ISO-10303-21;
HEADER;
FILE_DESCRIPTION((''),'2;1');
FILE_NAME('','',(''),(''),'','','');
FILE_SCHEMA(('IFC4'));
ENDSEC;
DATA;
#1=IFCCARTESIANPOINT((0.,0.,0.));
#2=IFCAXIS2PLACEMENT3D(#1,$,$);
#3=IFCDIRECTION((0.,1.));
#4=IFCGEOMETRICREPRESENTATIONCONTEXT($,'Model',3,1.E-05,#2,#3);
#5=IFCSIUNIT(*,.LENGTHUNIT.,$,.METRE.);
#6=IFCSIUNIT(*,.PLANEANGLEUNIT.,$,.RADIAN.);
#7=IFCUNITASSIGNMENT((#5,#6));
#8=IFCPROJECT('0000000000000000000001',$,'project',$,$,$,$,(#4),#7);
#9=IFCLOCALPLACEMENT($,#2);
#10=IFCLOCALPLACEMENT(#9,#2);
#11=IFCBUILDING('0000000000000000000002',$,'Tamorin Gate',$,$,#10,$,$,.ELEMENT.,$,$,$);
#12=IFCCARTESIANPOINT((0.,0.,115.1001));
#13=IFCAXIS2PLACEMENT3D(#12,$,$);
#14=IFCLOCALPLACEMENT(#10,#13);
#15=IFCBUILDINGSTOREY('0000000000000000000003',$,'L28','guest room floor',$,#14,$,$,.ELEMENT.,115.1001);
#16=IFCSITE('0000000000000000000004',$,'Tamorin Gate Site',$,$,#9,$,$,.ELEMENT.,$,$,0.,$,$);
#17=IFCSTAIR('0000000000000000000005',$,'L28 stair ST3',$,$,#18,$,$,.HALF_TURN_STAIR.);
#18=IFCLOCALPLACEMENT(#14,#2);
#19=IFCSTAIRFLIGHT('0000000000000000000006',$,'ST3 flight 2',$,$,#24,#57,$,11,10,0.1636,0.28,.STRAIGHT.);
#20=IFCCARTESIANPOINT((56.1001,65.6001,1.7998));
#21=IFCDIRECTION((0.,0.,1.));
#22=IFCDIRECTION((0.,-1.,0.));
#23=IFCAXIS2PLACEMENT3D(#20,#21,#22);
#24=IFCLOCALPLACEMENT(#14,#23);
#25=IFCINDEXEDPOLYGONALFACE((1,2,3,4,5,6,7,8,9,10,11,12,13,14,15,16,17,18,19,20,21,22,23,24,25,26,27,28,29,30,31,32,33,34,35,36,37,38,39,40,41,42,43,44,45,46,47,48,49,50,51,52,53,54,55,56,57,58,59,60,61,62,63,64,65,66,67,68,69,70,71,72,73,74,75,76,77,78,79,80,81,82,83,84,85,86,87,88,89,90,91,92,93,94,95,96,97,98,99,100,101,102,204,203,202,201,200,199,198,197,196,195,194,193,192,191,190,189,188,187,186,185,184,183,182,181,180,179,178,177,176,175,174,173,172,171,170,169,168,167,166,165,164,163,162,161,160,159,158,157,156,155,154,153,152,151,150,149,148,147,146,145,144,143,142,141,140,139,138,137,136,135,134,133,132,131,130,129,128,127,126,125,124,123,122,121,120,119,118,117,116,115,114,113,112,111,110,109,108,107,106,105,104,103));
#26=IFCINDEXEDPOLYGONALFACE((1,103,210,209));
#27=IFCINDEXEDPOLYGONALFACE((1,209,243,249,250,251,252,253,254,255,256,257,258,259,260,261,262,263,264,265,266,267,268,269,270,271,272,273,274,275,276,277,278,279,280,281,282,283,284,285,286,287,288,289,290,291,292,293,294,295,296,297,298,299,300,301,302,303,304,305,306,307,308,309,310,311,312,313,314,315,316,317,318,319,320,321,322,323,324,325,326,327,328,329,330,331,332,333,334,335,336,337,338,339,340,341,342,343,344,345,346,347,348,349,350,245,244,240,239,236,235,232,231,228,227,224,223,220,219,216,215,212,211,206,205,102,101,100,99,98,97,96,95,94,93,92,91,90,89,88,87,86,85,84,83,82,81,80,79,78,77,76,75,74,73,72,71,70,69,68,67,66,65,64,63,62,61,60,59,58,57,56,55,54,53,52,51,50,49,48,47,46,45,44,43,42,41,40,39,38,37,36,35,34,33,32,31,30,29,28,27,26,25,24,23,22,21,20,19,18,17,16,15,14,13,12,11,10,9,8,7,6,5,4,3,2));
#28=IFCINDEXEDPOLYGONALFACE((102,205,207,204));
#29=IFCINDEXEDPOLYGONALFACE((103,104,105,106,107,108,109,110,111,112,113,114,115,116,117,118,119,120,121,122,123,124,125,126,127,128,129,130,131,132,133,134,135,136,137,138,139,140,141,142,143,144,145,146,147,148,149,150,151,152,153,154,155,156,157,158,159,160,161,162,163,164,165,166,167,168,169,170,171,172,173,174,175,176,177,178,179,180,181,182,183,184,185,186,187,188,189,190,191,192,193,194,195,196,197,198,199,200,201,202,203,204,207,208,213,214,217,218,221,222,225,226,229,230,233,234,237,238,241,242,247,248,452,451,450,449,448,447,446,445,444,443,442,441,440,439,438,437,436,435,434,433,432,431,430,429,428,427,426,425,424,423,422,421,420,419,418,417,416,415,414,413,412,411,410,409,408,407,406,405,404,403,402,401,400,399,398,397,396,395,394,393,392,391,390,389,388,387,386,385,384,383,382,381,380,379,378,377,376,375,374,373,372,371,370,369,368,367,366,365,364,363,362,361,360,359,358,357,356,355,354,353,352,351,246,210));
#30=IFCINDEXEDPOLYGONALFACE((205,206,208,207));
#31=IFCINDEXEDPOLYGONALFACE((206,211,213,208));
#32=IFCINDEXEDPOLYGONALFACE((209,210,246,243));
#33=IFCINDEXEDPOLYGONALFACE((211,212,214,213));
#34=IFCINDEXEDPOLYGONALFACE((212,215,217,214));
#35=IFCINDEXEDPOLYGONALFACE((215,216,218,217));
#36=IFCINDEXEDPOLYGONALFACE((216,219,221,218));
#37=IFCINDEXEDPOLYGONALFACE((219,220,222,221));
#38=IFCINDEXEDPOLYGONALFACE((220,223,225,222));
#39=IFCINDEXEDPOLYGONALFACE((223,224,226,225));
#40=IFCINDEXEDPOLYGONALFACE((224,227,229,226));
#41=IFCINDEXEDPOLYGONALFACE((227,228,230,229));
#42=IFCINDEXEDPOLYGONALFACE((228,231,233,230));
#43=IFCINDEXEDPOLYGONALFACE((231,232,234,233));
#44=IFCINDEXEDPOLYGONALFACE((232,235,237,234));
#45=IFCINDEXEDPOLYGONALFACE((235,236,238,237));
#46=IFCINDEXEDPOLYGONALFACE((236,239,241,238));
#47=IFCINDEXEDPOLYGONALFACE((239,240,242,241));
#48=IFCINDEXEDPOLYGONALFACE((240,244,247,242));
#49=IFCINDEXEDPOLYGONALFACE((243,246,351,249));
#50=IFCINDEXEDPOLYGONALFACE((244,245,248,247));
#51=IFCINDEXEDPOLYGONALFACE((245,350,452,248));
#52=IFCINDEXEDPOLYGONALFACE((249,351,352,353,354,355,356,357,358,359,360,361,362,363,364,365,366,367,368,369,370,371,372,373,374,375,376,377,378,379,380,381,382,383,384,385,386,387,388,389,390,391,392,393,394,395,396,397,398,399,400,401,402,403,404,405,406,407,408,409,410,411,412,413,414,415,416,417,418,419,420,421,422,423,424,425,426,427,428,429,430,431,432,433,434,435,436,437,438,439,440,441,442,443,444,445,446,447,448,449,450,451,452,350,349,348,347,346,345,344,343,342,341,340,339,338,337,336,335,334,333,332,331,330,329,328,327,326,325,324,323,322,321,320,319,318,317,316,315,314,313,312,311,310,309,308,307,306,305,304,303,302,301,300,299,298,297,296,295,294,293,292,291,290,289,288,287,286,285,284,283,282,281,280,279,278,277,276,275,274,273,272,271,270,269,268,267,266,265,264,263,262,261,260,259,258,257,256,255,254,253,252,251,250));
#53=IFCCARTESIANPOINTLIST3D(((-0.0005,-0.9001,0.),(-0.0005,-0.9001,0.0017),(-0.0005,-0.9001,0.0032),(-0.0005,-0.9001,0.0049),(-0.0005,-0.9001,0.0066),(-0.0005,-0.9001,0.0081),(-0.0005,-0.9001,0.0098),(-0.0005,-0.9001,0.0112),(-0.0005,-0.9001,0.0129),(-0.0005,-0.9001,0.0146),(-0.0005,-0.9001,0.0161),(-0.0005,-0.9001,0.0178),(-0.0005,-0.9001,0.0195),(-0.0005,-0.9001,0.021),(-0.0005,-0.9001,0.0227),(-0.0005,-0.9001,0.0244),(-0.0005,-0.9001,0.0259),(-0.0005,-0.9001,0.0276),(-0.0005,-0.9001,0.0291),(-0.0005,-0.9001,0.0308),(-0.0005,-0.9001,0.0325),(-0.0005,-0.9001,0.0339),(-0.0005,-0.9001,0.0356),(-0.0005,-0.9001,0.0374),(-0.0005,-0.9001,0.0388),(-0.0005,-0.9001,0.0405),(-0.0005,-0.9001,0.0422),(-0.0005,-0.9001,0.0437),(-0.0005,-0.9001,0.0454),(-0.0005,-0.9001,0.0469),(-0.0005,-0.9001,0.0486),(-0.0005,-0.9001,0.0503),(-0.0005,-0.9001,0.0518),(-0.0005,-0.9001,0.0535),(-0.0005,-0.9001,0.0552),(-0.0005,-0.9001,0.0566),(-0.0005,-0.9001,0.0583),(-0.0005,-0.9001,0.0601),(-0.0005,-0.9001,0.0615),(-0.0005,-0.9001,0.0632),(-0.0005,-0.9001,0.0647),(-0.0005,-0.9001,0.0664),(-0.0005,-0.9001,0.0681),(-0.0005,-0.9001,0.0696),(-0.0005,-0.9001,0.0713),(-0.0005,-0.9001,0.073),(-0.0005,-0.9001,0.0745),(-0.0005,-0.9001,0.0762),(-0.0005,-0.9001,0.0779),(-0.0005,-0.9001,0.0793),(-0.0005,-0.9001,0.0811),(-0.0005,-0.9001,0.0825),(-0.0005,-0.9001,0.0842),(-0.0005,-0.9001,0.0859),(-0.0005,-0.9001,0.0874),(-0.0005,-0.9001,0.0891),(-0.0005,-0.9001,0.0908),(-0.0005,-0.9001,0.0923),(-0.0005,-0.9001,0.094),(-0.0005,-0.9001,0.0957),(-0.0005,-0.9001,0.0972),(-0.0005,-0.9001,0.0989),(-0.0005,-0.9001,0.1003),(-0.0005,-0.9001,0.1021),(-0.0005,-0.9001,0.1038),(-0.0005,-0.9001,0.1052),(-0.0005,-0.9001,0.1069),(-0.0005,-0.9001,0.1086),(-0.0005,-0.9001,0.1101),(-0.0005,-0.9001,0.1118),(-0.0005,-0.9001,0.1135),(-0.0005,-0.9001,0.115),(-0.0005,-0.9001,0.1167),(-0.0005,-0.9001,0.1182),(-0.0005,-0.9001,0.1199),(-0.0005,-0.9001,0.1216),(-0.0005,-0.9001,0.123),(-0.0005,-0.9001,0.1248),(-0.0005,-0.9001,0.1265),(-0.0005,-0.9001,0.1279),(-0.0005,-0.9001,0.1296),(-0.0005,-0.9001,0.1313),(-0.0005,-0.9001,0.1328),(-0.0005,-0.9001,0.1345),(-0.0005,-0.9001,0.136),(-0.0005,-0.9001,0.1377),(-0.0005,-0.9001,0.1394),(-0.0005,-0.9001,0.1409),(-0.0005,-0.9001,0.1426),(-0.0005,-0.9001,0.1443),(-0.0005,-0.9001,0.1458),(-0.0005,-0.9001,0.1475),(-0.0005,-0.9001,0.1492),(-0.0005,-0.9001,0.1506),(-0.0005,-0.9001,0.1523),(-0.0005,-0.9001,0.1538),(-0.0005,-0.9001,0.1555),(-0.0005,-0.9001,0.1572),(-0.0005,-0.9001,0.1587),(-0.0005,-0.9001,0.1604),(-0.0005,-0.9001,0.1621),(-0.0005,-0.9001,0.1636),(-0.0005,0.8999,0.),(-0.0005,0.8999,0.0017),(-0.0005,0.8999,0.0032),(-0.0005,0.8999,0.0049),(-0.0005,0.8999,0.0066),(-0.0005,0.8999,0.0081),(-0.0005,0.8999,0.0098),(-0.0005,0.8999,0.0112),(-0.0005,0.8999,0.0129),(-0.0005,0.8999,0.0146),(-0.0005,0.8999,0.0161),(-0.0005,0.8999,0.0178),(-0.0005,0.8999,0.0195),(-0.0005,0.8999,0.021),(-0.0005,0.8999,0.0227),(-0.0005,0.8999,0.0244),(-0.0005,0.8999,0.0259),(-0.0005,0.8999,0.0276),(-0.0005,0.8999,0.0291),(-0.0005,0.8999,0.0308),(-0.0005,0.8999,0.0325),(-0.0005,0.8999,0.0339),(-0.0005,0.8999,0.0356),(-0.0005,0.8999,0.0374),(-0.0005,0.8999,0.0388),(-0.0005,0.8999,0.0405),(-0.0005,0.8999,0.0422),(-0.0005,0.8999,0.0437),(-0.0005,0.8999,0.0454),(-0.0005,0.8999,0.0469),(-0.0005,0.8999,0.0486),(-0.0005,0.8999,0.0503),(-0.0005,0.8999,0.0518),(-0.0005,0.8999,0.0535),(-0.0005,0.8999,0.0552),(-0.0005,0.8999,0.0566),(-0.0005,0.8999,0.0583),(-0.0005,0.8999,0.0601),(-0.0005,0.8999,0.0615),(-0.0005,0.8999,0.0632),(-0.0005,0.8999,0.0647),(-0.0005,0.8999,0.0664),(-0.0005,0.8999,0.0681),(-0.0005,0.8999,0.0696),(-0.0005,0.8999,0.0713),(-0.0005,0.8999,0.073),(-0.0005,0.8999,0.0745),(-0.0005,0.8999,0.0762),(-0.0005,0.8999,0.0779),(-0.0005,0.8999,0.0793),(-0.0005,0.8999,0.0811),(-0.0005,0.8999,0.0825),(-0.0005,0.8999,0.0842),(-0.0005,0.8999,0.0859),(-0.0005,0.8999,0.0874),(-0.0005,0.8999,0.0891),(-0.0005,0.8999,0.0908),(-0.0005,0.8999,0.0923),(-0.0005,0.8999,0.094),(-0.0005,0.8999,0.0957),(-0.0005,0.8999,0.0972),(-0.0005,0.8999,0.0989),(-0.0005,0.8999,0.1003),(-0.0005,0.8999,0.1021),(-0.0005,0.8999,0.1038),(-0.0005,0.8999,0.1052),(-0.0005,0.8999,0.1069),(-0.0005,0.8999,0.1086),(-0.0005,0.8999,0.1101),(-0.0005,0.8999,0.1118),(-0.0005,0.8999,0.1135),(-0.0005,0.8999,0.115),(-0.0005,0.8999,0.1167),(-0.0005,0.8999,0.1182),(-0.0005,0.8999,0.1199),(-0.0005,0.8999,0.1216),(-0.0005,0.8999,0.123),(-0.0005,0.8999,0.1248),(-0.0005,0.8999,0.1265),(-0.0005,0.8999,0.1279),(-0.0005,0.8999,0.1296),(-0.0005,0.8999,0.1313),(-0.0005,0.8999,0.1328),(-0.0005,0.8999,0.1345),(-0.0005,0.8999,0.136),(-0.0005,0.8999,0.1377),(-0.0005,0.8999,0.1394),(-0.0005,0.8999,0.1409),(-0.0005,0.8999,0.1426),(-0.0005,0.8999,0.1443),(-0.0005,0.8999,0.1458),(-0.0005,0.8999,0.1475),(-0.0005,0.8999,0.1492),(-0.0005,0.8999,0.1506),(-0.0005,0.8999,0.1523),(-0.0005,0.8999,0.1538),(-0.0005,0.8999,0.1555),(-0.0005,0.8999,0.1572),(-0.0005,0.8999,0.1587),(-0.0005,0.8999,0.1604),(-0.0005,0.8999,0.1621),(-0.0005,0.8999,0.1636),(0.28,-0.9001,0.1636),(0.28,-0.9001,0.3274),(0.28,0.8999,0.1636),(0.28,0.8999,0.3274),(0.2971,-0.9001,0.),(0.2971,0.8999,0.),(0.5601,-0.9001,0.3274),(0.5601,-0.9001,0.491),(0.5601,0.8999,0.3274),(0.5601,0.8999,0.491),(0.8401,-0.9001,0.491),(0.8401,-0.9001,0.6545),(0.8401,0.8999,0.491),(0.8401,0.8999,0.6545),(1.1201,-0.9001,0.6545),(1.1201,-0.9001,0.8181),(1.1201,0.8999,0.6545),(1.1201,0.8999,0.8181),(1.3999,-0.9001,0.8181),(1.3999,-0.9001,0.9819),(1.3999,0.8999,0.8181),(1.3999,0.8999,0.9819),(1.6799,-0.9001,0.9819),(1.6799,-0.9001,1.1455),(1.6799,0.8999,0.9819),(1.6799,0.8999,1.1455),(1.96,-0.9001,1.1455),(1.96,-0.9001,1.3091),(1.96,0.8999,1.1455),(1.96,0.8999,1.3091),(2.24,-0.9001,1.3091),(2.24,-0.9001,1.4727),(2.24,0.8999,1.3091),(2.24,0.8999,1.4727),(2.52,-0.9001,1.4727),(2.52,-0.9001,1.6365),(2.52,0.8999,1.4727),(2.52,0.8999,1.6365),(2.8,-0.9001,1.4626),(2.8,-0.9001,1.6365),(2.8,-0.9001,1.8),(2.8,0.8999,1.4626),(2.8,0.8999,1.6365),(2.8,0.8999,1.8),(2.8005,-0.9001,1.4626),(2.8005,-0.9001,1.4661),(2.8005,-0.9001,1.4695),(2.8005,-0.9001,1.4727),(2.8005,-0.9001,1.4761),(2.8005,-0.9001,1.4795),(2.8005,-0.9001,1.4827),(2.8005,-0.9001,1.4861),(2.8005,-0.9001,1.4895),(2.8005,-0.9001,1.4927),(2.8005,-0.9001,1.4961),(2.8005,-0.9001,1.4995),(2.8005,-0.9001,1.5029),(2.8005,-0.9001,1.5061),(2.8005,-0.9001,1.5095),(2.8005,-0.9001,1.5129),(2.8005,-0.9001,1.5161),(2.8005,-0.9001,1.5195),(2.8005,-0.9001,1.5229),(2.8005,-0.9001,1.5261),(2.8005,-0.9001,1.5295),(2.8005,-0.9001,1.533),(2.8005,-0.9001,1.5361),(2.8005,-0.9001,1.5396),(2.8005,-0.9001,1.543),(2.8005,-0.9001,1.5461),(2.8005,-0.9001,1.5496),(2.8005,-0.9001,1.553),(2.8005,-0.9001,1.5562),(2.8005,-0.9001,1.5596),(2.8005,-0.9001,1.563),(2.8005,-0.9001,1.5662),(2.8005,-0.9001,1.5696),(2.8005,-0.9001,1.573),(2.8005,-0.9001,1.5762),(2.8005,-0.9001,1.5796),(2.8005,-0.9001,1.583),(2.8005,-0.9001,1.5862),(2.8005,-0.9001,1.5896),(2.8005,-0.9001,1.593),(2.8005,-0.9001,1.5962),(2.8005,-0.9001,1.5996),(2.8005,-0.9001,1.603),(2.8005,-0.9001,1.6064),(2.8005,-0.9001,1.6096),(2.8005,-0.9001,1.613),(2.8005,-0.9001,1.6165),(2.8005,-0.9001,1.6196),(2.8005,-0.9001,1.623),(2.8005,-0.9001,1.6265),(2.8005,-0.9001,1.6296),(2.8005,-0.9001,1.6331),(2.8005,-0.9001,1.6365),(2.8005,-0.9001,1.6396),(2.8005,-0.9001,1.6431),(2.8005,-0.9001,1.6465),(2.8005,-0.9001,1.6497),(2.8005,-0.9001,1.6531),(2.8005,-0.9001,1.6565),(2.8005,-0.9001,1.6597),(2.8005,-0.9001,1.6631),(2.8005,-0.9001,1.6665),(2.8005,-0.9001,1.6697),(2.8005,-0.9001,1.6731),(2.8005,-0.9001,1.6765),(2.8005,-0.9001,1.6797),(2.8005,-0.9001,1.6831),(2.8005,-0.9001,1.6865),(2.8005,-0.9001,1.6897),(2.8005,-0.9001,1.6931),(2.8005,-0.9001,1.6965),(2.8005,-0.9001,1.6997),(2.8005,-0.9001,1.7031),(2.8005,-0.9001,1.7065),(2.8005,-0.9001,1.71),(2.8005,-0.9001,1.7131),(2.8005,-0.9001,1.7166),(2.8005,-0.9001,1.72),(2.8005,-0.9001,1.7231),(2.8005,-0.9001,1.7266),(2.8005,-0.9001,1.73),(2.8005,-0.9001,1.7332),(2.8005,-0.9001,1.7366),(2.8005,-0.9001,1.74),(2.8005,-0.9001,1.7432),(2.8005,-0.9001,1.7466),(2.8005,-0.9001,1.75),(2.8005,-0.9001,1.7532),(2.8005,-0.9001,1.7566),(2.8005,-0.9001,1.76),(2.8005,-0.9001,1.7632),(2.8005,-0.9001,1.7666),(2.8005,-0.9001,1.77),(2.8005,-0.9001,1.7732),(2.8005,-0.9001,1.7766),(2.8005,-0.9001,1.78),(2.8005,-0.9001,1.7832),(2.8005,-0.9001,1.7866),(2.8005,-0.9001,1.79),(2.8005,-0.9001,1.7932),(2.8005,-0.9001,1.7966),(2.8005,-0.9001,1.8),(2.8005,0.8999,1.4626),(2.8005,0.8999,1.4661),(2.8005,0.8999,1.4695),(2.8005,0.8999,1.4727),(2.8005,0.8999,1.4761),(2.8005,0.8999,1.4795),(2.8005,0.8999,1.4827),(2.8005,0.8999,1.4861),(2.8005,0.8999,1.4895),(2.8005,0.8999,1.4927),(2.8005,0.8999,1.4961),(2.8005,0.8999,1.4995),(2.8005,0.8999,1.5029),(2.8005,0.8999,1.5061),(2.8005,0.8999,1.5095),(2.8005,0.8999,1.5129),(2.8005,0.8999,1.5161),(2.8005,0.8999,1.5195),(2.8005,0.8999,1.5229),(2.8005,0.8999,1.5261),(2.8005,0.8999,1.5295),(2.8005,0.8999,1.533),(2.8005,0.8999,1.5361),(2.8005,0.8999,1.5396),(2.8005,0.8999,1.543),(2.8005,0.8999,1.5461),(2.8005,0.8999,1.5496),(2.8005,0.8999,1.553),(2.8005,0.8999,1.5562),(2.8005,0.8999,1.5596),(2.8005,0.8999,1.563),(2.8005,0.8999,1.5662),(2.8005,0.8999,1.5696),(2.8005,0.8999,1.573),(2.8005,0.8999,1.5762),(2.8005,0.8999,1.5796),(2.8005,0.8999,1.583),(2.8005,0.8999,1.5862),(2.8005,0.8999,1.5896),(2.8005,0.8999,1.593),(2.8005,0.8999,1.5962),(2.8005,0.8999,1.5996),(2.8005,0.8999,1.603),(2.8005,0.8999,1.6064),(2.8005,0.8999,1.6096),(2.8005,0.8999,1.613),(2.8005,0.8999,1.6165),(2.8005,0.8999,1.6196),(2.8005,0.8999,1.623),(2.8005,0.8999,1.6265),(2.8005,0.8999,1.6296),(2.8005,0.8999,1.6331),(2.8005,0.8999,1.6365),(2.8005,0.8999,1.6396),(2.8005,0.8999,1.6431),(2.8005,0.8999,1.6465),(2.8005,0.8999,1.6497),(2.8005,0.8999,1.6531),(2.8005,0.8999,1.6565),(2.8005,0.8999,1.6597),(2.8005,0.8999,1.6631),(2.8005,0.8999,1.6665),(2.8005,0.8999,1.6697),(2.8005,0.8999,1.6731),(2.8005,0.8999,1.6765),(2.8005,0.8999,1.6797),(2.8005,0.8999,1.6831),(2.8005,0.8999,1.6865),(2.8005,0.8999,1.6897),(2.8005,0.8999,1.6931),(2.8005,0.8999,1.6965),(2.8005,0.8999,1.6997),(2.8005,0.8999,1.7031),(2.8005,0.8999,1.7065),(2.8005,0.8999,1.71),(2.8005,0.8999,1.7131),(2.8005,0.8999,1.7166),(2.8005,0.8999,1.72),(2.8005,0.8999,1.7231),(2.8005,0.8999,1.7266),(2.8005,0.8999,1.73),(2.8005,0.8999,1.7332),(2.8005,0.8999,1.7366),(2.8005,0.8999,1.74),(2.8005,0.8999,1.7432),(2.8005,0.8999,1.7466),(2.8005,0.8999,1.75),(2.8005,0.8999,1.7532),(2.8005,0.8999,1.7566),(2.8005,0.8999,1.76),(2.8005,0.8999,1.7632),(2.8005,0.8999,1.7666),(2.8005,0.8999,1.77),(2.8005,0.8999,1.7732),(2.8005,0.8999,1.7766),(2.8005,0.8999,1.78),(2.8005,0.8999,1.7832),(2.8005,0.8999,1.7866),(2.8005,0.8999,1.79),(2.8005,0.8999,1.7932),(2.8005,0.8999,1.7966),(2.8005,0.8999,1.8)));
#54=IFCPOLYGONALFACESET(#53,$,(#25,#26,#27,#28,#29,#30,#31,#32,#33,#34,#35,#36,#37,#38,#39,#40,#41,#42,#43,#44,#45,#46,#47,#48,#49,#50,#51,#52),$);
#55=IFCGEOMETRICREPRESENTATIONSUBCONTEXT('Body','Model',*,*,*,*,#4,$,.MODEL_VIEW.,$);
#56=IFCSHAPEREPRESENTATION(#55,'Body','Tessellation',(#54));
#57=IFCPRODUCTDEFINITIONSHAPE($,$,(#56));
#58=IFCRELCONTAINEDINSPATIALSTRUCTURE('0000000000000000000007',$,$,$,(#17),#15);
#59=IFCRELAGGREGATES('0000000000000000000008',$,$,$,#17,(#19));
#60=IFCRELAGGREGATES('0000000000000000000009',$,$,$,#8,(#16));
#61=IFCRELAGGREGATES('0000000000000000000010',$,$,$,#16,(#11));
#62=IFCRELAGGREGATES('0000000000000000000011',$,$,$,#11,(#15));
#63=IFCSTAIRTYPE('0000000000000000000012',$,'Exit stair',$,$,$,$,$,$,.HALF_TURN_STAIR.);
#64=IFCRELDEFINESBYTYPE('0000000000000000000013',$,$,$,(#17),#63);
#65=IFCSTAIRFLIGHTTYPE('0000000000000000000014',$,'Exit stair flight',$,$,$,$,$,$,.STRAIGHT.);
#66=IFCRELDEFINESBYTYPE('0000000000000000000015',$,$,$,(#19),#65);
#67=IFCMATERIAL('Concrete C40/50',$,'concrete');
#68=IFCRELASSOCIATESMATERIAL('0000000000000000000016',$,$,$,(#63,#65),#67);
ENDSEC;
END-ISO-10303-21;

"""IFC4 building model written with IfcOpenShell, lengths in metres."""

from ifc_helpers import new_model, si_unit, direction, frame, origin, place, context, subcontext, project, spatial, polyline, outline, extrude, material, type_object, element, aggregate, save


model = new_model("IFC4")

# Units and contexts
model_context = context("Model", 3, precision=1e-05, world=origin(), true_north=direction((0.0, 1.0)))
body_context = subcontext(model_context, "Body", "Model", "MODEL_VIEW")
ifc_project = project(units=[si_unit("LENGTHUNIT", "METRE"), si_unit("PLANEANGLEUNIT", "RADIAN")], contexts=[model_context])

# Site, building, storey
site_placement = place(None, origin())
site = spatial("IfcSite", under=ifc_project, at=site_placement, Name="Tamorin Gate Site", CompositionType="ELEMENT", RefElevation=0.0)
building_placement = place(site_placement, origin())
building = spatial("IfcBuilding", under=site, at=building_placement, Name="Tamorin Gate", CompositionType="ELEMENT")
storey_placement = place(building_placement, frame((0.0, 0.0, 115.1001)))
storey = spatial("IfcBuildingStorey", under=building, at=storey_placement, Name="L28", Description="guest room floor", CompositionType="ELEMENT", Elevation=115.1001)

# Shared definitions
ifc_material_1 = material(Name="Concrete C40/50", Category="concrete")

# Stair, stair flight
stair_type = type_object("IfcStairType", Name="Exit stair", PredefinedType="HALF_TURN_STAIR", material=ifc_material_1)
stair_placement = place(storey_placement, origin())
stair = element("IfcStair", 1, at=stair_placement, inside=storey, type_object=stair_type, Name="L28 stair ST3", PredefinedType="HALF_TURN_STAIR")
stair_flight_type = type_object("IfcStairFlightType", Name="Exit stair flight", PredefinedType="STRAIGHT", material=ifc_material_1)
stair_flight_1_placement = place(storey_placement, frame((56.1001, 65.6001, 1.7998), z_axis=(0.0, 0.0, 1.0), x_axis=(0.0, -1.0, 0.0)))
stair_flight_1 = element("IfcStairFlight", 2, at=stair_flight_1_placement, type_object=stair_flight_type, Name="ST3 flight 2", NumberOfRisers=11, NumberOfTreads=10, PredefinedType="STRAIGHT", RiserHeight=0.1636, TreadLength=0.28, context=body_context, shape_type="SweptSolid", body=[
    extrude(outline(polyline([(-0.0005, 0.0), (-0.0005, 0.0017), (-0.0005, 0.0032), (-0.0005, 0.0049), (-0.0005, 0.0066), (-0.0005, 0.0081), (-0.0005, 0.0098), (-0.0005, 0.0112), (-0.0005, 0.0129), (-0.0005, 0.0146), (-0.0005, 0.0161), (-0.0005, 0.0178), (-0.0005, 0.0195), (-0.0005, 0.021), (-0.0005, 0.0227), (-0.0005, 0.0244), (-0.0005, 0.0259), (-0.0005, 0.0276), (-0.0005, 0.0291), (-0.0005, 0.0308), (-0.0005, 0.0325), (-0.0005, 0.0339), (-0.0005, 0.0356), (-0.0005, 0.0374), (-0.0005, 0.0388), (-0.0005, 0.0405), (-0.0005, 0.0422), (-0.0005, 0.0437), (-0.0005, 0.0454), (-0.0005, 0.0469), (-0.0005, 0.0486), (-0.0005, 0.0503), (-0.0005, 0.0518), (-0.0005, 0.0535), (-0.0005, 0.0552), (-0.0005, 0.0566), (-0.0005, 0.0583), (-0.0005, 0.0601), (-0.0005, 0.0615), (-0.0005, 0.0632), (-0.0005, 0.0647), (-0.0005, 0.0664), (-0.0005, 0.0681), (-0.0005, 0.0696), (-0.0005, 0.0713), (-0.0005, 0.073), (-0.0005, 0.0745), (-0.0005, 0.0762), (-0.0005, 0.0779), (-0.0005, 0.0793), (-0.0005, 0.0811), (-0.0005, 0.0825), (-0.0005, 0.0842), (-0.0005, 0.0859), (-0.0005, 0.0874), (-0.0005, 0.0891), (-0.0005, 0.0908), (-0.0005, 0.0923), (-0.0005, 0.094), (-0.0005, 0.0957), (-0.0005, 0.0972), (-0.0005, 0.0989), (-0.0005, 0.1003), (-0.0005, 0.1021), (-0.0005, 0.1038), (-0.0005, 0.1052), (-0.0005, 0.1069), (-0.0005, 0.1086), (-0.0005, 0.1101), (-0.0005, 0.1118), (-0.0005, 0.1135), (-0.0005, 0.115), (-0.0005, 0.1167), (-0.0005, 0.1182), (-0.0005, 0.1199), (-0.0005, 0.1216), (-0.0005, 0.123), (-0.0005, 0.1248), (-0.0005, 0.1265), (-0.0005, 0.1279), (-0.0005, 0.1296), (-0.0005, 0.1313), (-0.0005, 0.1328), (-0.0005, 0.1345), (-0.0005, 0.136), (-0.0005, 0.1377), (-0.0005, 0.1394), (-0.0005, 0.1409), (-0.0005, 0.1426), (-0.0005, 0.1443), (-0.0005, 0.1458), (-0.0005, 0.1475), (-0.0005, 0.1492), (-0.0005, 0.1506), (-0.0005, 0.1523), (-0.0005, 0.1538), (-0.0005, 0.1555), (-0.0005, 0.1572), (-0.0005, 0.1587), (-0.0005, 0.1604), (-0.0005, 0.1621), (-0.0005, 0.1636), (0.28, 0.1636), (0.28, 0.3274), (0.5601, 0.3274), (0.5601, 0.491), (0.8401, 0.491), (0.8401, 0.6545), (1.1201, 0.6545), (1.1201, 0.8181), (1.3999, 0.8181), (1.3999, 0.9819), (1.6799, 0.9819), (1.6799, 1.1455), (1.96, 1.1455), (1.96, 1.3091), (2.24, 1.3091), (2.24, 1.4727), (2.52, 1.4727), (2.52, 1.6365), (2.8, 1.6365), (2.8, 1.8), (2.8005, 1.8), (2.8005, 1.7966), (2.8005, 1.7932), (2.8005, 1.79), (2.8005, 1.7866), (2.8005, 1.7832), (2.8005, 1.78), (2.8005, 1.7766), (2.8005, 1.7732), (2.8005, 1.77), (2.8005, 1.7666), (2.8005, 1.7632), (2.8005, 1.76), (2.8005, 1.7566), (2.8005, 1.7532), (2.8005, 1.75), (2.8005, 1.7466), (2.8005, 1.7432), (2.8005, 1.74), (2.8005, 1.7366), (2.8005, 1.7332), (2.8005, 1.73), (2.8005, 1.7266), (2.8005, 1.7231), (2.8005, 1.72), (2.8005, 1.7166), (2.8005, 1.7131), (2.8005, 1.71), (2.8005, 1.7065), (2.8005, 1.7031), (2.8005, 1.6997), (2.8005, 1.6965), (2.8005, 1.6931), (2.8005, 1.6897), (2.8005, 1.6865), (2.8005, 1.6831), (2.8005, 1.6797), (2.8005, 1.6765), (2.8005, 1.6731), (2.8005, 1.6697), (2.8005, 1.6665), (2.8005, 1.6631), (2.8005, 1.6597), (2.8005, 1.6565), (2.8005, 1.6531), (2.8005, 1.6497), (2.8005, 1.6465), (2.8005, 1.6431), (2.8005, 1.6396), (2.8005, 1.6365), (2.8005, 1.6331), (2.8005, 1.6296), (2.8005, 1.6265), (2.8005, 1.623), (2.8005, 1.6196), (2.8005, 1.6165), (2.8005, 1.613), (2.8005, 1.6096), (2.8005, 1.6064), (2.8005, 1.603), (2.8005, 1.5996), (2.8005, 1.5962), (2.8005, 1.593), (2.8005, 1.5896), (2.8005, 1.5862), (2.8005, 1.583), (2.8005, 1.5796), (2.8005, 1.5762), (2.8005, 1.573), (2.8005, 1.5696), (2.8005, 1.5662), (2.8005, 1.563), (2.8005, 1.5596), (2.8005, 1.5562), (2.8005, 1.553), (2.8005, 1.5496), (2.8005, 1.5461), (2.8005, 1.543), (2.8005, 1.5396), (2.8005, 1.5361), (2.8005, 1.533), (2.8005, 1.5295), (2.8005, 1.5261), (2.8005, 1.5229), (2.8005, 1.5195), (2.8005, 1.5161), (2.8005, 1.5129), (2.8005, 1.5095), (2.8005, 1.5061), (2.8005, 1.5029), (2.8005, 1.4995), (2.8005, 1.4961), (2.8005, 1.4927), (2.8005, 1.4895), (2.8005, 1.4861), (2.8005, 1.4827), (2.8005, 1.4795), (2.8005, 1.4761), (2.8005, 1.4727), (2.8005, 1.4695), (2.8005, 1.4661), (2.8005, 1.4626), (2.8, 1.4626), (0.2971, 0.0), (-0.0005, 0.0)])), frame((0.0, 0.8999, 0.0), z_axis=(0.0, -1.0, 0.0), x_axis=(1.0, 0.0, 0.0)), (0.0, 0.0, 1.0), 1.8),
])
aggregate(stair, [stair_flight_1])

save(model, "model.ifc")
